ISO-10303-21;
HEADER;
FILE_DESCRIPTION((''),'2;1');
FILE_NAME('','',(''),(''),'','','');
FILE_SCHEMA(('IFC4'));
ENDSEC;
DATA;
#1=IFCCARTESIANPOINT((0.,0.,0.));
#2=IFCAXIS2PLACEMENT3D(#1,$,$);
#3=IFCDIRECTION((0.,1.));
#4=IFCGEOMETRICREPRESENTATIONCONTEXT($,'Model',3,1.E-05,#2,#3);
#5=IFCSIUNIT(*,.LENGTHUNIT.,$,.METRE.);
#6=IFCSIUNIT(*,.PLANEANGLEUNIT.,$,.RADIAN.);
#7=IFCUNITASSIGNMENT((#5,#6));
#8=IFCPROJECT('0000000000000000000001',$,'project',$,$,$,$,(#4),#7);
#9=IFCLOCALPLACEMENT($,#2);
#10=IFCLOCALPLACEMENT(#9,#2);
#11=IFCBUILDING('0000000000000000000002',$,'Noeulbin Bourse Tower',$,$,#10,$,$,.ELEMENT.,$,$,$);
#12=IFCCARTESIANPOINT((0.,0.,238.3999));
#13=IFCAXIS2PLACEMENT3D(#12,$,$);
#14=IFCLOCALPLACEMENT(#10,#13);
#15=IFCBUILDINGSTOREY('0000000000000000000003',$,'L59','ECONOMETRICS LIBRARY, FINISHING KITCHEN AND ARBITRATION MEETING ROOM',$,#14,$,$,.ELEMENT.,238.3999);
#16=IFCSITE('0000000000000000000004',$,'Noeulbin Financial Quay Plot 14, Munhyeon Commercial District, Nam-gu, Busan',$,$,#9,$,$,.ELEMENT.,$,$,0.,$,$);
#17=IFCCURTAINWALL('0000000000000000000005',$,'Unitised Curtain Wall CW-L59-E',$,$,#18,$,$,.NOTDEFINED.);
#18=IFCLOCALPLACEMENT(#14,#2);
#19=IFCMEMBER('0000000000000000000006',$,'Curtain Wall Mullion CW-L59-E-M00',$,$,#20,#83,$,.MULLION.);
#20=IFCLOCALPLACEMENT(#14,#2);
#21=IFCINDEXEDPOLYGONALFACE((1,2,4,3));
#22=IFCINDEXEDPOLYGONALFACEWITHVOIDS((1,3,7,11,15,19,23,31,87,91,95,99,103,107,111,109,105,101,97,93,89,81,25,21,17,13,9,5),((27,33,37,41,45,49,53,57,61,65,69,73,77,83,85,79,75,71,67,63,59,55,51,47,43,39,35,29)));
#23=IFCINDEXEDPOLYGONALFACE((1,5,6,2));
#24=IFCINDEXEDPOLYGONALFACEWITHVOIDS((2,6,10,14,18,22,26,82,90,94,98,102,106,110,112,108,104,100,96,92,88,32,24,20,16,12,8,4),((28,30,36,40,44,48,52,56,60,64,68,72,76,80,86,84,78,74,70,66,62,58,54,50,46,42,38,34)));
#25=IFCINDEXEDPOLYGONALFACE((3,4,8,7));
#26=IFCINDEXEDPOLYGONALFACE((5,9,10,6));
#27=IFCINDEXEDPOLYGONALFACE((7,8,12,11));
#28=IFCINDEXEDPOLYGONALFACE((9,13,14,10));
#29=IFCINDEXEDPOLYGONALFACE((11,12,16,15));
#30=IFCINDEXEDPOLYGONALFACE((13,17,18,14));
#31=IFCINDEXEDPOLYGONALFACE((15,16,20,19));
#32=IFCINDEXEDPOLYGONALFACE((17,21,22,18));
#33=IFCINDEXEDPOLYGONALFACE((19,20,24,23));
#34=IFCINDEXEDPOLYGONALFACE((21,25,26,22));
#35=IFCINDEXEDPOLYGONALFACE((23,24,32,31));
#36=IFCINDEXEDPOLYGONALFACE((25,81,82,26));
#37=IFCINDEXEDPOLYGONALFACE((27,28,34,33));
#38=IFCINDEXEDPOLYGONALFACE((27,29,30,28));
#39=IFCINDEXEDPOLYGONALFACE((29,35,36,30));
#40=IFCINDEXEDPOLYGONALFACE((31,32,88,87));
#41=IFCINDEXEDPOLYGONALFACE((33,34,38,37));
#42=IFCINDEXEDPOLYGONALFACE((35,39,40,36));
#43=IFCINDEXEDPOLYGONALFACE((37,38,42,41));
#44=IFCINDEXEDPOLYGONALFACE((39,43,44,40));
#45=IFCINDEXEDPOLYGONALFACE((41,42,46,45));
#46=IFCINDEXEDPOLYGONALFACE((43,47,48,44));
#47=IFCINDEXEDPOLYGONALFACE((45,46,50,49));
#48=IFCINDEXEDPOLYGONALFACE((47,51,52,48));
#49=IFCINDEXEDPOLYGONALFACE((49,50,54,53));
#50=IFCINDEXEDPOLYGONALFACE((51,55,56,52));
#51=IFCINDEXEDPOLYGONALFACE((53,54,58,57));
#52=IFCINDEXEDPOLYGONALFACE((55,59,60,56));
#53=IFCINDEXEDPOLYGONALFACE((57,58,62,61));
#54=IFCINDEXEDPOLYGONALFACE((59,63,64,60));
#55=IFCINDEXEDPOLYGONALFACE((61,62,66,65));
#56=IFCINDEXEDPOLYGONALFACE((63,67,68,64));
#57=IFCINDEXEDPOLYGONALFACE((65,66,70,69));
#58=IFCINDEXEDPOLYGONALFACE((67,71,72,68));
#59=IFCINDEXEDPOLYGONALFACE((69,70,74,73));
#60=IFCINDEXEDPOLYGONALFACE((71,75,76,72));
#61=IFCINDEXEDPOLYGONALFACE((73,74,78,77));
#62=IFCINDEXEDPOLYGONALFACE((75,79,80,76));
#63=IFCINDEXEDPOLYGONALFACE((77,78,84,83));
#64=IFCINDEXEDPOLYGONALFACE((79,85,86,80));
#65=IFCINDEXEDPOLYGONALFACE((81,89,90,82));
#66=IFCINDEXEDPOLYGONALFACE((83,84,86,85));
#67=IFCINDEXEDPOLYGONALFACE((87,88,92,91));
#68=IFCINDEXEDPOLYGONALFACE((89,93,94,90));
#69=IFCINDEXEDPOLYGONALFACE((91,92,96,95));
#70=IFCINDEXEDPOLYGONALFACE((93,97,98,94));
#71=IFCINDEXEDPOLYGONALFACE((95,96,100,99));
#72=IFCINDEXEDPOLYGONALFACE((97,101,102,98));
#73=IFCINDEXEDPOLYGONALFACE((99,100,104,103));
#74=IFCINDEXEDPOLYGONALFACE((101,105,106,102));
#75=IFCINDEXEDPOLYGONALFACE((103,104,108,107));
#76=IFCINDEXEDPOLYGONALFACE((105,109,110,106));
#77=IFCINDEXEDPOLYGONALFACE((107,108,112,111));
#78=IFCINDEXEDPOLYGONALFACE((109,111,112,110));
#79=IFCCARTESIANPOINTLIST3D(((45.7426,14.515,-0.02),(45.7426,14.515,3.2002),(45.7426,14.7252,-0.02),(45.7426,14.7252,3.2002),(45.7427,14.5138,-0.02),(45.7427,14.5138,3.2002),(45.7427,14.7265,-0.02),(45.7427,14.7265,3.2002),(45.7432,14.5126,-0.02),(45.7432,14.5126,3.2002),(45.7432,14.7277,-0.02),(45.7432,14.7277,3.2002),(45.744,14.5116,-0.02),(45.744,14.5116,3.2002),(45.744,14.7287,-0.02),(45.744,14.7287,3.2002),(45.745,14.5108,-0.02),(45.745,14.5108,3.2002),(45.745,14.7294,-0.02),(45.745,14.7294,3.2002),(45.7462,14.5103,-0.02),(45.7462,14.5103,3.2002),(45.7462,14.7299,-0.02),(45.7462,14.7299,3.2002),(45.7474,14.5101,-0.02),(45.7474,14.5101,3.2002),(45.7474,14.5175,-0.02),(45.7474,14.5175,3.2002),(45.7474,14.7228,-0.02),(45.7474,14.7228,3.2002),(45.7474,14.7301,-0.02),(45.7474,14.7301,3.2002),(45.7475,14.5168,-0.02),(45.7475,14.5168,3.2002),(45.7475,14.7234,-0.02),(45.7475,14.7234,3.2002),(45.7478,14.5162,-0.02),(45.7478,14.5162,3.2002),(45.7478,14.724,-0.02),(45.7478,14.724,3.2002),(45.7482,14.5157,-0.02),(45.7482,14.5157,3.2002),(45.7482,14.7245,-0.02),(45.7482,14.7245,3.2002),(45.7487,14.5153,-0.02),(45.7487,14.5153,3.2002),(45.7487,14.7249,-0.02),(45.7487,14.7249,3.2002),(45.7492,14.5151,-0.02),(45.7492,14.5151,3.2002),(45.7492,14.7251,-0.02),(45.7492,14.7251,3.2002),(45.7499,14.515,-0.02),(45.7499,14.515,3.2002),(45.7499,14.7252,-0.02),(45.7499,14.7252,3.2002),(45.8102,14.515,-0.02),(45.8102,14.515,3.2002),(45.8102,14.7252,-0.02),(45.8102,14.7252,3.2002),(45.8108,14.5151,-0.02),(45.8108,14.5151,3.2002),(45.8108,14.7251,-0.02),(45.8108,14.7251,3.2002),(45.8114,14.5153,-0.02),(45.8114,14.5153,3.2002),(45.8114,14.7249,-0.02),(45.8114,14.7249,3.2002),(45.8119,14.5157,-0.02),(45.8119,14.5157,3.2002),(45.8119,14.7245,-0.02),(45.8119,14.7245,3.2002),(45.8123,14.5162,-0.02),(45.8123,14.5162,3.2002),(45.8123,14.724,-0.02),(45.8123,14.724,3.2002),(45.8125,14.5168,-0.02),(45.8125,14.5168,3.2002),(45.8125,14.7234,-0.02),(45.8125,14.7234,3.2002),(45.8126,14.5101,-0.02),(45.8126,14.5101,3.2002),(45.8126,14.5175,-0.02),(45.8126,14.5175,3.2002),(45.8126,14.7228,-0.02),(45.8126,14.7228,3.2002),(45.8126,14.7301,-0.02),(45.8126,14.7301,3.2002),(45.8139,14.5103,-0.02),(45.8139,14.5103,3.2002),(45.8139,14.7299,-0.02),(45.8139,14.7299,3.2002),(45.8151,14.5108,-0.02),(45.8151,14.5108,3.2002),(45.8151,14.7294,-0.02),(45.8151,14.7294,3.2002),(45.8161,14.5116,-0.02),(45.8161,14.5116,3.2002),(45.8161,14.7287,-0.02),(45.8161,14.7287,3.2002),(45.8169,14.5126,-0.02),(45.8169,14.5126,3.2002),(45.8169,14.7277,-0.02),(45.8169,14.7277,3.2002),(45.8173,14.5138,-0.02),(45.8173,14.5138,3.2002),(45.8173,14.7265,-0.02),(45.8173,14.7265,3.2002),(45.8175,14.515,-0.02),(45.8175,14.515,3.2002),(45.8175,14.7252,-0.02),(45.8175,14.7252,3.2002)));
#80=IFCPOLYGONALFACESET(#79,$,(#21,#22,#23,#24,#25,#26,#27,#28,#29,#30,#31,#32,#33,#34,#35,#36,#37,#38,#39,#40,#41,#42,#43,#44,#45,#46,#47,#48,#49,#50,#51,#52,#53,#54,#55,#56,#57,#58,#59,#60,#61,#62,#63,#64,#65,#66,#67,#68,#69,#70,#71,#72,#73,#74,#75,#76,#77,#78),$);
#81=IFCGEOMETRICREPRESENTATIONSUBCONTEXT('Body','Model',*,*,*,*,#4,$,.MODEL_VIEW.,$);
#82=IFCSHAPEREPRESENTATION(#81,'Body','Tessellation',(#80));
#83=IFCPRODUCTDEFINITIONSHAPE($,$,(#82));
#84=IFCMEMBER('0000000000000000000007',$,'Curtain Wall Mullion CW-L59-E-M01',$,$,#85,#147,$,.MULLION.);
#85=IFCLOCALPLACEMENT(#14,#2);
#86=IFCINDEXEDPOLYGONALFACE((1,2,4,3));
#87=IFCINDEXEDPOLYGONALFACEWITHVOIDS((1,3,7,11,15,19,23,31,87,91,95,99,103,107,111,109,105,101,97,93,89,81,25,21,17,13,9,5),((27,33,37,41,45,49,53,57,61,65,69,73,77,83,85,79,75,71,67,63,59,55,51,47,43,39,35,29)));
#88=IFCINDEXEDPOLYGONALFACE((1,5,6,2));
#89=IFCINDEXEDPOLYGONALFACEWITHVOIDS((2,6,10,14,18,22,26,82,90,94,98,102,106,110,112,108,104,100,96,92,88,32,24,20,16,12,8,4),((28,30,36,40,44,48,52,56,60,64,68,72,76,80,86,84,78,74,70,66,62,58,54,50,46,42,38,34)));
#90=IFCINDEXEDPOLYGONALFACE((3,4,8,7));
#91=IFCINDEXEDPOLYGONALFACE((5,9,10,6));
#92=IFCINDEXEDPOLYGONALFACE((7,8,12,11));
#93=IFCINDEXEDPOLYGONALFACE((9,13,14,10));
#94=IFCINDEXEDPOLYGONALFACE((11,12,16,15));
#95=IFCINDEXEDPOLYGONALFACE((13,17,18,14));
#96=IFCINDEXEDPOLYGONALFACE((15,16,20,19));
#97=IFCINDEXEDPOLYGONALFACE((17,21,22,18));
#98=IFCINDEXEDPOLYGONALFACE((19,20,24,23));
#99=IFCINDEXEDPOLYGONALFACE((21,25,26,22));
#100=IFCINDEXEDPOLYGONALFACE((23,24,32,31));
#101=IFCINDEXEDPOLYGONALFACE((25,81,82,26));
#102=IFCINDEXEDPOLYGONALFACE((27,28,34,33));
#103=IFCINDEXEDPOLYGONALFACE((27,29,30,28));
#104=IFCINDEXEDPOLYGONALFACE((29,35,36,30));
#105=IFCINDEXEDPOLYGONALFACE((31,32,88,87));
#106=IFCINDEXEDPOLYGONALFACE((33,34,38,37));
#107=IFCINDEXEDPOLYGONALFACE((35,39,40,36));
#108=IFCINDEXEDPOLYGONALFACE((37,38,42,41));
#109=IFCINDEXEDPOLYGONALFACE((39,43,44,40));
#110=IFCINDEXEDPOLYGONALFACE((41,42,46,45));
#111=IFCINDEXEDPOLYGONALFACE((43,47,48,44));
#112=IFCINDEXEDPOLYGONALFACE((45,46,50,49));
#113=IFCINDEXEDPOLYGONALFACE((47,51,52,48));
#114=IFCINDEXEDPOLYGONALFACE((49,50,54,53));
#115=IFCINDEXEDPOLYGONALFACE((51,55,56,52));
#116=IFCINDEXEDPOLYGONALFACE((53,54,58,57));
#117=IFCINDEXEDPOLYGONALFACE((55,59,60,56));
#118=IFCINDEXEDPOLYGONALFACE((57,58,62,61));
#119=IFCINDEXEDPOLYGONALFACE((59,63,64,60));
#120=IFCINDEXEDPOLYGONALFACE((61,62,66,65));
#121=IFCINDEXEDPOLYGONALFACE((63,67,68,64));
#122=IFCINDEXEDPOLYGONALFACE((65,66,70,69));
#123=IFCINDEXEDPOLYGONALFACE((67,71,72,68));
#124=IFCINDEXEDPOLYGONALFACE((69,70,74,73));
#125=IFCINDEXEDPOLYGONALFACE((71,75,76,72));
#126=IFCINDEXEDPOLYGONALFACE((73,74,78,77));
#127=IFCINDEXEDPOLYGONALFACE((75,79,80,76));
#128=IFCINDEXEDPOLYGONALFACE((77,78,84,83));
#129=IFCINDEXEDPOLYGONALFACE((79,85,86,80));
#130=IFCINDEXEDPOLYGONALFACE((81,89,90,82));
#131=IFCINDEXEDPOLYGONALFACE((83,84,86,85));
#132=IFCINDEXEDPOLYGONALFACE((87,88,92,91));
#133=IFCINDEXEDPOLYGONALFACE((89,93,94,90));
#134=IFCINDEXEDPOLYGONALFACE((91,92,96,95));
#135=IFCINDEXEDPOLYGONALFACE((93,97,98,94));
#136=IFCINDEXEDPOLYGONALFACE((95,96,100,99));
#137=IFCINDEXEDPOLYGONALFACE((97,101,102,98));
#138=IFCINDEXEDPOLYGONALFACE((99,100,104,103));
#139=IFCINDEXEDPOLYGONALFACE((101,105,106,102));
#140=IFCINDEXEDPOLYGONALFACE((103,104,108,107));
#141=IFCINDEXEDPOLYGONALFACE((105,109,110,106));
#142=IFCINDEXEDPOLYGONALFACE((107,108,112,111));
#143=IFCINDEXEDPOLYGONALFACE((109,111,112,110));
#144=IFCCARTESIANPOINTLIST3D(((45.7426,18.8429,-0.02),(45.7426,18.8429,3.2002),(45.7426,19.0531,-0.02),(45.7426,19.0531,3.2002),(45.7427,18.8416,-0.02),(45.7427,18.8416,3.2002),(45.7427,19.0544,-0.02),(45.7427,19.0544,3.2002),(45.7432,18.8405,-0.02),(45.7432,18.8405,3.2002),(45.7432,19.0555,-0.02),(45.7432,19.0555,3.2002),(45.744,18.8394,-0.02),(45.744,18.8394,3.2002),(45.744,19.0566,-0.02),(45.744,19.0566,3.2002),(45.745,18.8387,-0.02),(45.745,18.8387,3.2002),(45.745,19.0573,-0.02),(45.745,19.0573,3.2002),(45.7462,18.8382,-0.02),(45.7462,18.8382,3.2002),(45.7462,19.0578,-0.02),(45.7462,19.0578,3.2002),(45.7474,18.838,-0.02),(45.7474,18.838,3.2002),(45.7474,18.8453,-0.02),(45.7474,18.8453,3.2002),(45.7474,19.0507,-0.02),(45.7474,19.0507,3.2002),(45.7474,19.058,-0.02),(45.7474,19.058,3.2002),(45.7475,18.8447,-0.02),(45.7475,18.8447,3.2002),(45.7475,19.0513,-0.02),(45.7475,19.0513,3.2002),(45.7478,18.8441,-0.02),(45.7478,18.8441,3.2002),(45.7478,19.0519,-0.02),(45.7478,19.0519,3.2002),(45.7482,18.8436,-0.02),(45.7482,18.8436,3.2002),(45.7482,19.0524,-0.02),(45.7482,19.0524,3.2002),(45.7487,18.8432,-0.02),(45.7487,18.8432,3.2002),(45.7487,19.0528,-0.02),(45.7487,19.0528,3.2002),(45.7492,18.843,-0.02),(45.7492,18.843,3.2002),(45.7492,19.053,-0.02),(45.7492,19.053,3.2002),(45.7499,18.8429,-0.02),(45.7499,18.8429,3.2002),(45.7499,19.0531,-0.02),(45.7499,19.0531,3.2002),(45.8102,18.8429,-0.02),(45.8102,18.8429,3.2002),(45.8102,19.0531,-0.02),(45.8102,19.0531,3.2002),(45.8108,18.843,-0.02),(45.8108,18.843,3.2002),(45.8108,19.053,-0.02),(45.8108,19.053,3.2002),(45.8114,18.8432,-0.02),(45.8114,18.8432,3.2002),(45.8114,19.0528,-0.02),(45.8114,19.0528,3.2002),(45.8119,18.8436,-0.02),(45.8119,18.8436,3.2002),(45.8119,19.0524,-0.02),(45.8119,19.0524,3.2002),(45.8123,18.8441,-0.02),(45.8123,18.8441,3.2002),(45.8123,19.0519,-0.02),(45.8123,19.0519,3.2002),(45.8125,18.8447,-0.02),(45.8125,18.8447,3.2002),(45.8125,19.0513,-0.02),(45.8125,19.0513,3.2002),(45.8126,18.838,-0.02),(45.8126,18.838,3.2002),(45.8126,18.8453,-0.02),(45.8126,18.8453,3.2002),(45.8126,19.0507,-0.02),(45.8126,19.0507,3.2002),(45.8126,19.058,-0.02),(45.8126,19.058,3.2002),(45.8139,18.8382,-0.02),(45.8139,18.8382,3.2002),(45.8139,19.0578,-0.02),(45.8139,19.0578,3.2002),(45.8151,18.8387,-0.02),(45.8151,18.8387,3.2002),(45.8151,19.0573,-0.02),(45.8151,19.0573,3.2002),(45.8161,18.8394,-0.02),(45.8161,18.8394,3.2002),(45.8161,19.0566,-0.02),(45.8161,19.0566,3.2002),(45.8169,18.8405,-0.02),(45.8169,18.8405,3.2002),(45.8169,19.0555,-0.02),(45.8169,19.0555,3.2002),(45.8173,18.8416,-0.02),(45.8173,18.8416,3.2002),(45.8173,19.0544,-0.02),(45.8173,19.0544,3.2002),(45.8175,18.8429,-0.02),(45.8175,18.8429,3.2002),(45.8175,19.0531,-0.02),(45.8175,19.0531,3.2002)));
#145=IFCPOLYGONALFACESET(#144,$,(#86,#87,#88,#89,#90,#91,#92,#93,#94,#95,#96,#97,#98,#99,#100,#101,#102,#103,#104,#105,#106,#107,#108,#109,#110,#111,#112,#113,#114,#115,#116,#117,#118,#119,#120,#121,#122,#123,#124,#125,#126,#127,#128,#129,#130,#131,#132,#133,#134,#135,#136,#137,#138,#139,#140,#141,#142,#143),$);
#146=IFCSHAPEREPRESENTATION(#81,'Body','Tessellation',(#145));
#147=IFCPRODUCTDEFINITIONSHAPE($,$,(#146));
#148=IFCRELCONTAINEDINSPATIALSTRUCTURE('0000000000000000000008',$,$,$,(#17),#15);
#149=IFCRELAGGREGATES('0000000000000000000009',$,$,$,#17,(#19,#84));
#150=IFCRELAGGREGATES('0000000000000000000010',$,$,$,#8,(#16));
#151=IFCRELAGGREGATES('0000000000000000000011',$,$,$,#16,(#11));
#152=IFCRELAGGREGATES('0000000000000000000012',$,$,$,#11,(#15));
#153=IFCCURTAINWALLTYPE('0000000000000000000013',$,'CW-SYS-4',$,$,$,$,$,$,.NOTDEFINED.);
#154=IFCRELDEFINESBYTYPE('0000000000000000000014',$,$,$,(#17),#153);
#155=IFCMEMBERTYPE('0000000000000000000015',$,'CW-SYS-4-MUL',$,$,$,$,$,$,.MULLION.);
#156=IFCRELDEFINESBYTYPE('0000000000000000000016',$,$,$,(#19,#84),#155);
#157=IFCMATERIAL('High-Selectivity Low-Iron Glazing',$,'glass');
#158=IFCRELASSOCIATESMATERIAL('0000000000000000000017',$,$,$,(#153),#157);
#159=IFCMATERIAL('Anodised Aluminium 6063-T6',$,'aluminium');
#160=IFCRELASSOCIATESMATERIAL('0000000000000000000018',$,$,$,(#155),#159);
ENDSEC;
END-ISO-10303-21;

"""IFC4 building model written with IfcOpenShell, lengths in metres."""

from ifc_helpers import new_model, si_unit, direction, frame, origin, origin_2d, place, context, subcontext, project, spatial, hollow_rectangle, extrude, material, material_profile, profile_set, type_object, element, aggregate, save


model = new_model("IFC4")

# Units and contexts
model_context = context("Model", 3, precision=1e-05, world=origin(), true_north=direction((0.0, 1.0)))
body_context = subcontext(model_context, "Body", "Model", "MODEL_VIEW")
ifc_project = project(units=[si_unit("LENGTHUNIT", "METRE"), si_unit("PLANEANGLEUNIT", "RADIAN")], contexts=[model_context])

# Site, building, storey
site_placement = place(None, origin())
site = spatial("IfcSite", under=ifc_project, at=site_placement, Name="Noeulbin Financial Quay Plot 14, Munhyeon Commercial District, Nam-gu, Busan", CompositionType="ELEMENT", RefElevation=0.0)
building_placement = place(site_placement, origin())
building = spatial("IfcBuilding", under=site, at=building_placement, Name="Noeulbin Bourse Tower", CompositionType="ELEMENT")
storey_placement = place(building_placement, frame((0.0, 0.0, 238.3999)))
storey = spatial("IfcBuildingStorey", under=building, at=storey_placement, Name="L59", Description="ECONOMETRICS LIBRARY, FINISHING KITCHEN AND ARBITRATION MEETING ROOM", CompositionType="ELEMENT", Elevation=238.3999)

# Curtain wall, members
ifc_material_1 = material(Name="High-Selectivity Low-Iron Glazing", Category="glass")
curtain_wall_type = type_object("IfcCurtainWallType", Name="CW-SYS-4", PredefinedType="NOTDEFINED", material=ifc_material_1)
ifc_material_2 = material(Name="Anodised Aluminium 6063-T6", Category="aluminium")
ifc_material_profile_1 = material_profile(ifc_material_2, hollow_rectangle(XDim=0.075, YDim=0.22, WallThickness=0.0049, InnerFilletRadius=0.0024, OuterFilletRadius=0.0049, at=origin_2d()), Name="ALU-MULL-75x220x5", Category="LoadBearing")
ifc_profile_set_1 = profile_set([ifc_material_profile_1], Name="Anodised Aluminium 6063-T6")
member_type_1 = type_object("IfcMemberType", Name="CW-SYS-4-MUL", PredefinedType="MULLION", material=ifc_profile_set_1)
curtain_wall_1_placement = place(storey_placement, origin())
curtain_wall_1 = element("IfcCurtainWall", 1, at=curtain_wall_1_placement, inside=storey, type_object=curtain_wall_type, Name="Unitised Curtain Wall CW-L59-E", PredefinedType="NOTDEFINED")
member_1_placement = place(storey_placement, frame((45.78, 14.6201, -0.02), z_axis=(0.0, 0.0, 1.0), x_axis=(1.0, 0.0, 0.0)))
member_1 = element("IfcMember", 2, at=member_1_placement, type_object=member_type_1, Name="Curtain Wall Mullion CW-L59-E-M00", PredefinedType="MULLION", context=body_context, shape_type="SweptSolid", body=[
    extrude(hollow_rectangle(XDim=0.075, YDim=0.22, WallThickness=0.0049, InnerFilletRadius=0.0024, OuterFilletRadius=0.0049, at=origin_2d()), origin(), (0.0, 0.0, 1.0), 3.2202),
])
member_2_placement = place(storey_placement, frame((45.78, 18.948, -0.02), z_axis=(0.0, 0.0, 1.0), x_axis=(1.0, 0.0, 0.0)))
member_2 = element("IfcMember", 3, at=member_2_placement, type_object=member_type_1, Name="Curtain Wall Mullion CW-L59-E-M01", PredefinedType="MULLION", context=body_context, shape_type="SweptSolid", body=[
    extrude(hollow_rectangle(XDim=0.075, YDim=0.22, WallThickness=0.0049, InnerFilletRadius=0.0024, OuterFilletRadius=0.0049, at=origin_2d()), origin(), (0.0, 0.0, 1.0), 3.2202),
])

aggregate(curtain_wall_1, [member_1, member_2])

save(model, "model.ifc")
